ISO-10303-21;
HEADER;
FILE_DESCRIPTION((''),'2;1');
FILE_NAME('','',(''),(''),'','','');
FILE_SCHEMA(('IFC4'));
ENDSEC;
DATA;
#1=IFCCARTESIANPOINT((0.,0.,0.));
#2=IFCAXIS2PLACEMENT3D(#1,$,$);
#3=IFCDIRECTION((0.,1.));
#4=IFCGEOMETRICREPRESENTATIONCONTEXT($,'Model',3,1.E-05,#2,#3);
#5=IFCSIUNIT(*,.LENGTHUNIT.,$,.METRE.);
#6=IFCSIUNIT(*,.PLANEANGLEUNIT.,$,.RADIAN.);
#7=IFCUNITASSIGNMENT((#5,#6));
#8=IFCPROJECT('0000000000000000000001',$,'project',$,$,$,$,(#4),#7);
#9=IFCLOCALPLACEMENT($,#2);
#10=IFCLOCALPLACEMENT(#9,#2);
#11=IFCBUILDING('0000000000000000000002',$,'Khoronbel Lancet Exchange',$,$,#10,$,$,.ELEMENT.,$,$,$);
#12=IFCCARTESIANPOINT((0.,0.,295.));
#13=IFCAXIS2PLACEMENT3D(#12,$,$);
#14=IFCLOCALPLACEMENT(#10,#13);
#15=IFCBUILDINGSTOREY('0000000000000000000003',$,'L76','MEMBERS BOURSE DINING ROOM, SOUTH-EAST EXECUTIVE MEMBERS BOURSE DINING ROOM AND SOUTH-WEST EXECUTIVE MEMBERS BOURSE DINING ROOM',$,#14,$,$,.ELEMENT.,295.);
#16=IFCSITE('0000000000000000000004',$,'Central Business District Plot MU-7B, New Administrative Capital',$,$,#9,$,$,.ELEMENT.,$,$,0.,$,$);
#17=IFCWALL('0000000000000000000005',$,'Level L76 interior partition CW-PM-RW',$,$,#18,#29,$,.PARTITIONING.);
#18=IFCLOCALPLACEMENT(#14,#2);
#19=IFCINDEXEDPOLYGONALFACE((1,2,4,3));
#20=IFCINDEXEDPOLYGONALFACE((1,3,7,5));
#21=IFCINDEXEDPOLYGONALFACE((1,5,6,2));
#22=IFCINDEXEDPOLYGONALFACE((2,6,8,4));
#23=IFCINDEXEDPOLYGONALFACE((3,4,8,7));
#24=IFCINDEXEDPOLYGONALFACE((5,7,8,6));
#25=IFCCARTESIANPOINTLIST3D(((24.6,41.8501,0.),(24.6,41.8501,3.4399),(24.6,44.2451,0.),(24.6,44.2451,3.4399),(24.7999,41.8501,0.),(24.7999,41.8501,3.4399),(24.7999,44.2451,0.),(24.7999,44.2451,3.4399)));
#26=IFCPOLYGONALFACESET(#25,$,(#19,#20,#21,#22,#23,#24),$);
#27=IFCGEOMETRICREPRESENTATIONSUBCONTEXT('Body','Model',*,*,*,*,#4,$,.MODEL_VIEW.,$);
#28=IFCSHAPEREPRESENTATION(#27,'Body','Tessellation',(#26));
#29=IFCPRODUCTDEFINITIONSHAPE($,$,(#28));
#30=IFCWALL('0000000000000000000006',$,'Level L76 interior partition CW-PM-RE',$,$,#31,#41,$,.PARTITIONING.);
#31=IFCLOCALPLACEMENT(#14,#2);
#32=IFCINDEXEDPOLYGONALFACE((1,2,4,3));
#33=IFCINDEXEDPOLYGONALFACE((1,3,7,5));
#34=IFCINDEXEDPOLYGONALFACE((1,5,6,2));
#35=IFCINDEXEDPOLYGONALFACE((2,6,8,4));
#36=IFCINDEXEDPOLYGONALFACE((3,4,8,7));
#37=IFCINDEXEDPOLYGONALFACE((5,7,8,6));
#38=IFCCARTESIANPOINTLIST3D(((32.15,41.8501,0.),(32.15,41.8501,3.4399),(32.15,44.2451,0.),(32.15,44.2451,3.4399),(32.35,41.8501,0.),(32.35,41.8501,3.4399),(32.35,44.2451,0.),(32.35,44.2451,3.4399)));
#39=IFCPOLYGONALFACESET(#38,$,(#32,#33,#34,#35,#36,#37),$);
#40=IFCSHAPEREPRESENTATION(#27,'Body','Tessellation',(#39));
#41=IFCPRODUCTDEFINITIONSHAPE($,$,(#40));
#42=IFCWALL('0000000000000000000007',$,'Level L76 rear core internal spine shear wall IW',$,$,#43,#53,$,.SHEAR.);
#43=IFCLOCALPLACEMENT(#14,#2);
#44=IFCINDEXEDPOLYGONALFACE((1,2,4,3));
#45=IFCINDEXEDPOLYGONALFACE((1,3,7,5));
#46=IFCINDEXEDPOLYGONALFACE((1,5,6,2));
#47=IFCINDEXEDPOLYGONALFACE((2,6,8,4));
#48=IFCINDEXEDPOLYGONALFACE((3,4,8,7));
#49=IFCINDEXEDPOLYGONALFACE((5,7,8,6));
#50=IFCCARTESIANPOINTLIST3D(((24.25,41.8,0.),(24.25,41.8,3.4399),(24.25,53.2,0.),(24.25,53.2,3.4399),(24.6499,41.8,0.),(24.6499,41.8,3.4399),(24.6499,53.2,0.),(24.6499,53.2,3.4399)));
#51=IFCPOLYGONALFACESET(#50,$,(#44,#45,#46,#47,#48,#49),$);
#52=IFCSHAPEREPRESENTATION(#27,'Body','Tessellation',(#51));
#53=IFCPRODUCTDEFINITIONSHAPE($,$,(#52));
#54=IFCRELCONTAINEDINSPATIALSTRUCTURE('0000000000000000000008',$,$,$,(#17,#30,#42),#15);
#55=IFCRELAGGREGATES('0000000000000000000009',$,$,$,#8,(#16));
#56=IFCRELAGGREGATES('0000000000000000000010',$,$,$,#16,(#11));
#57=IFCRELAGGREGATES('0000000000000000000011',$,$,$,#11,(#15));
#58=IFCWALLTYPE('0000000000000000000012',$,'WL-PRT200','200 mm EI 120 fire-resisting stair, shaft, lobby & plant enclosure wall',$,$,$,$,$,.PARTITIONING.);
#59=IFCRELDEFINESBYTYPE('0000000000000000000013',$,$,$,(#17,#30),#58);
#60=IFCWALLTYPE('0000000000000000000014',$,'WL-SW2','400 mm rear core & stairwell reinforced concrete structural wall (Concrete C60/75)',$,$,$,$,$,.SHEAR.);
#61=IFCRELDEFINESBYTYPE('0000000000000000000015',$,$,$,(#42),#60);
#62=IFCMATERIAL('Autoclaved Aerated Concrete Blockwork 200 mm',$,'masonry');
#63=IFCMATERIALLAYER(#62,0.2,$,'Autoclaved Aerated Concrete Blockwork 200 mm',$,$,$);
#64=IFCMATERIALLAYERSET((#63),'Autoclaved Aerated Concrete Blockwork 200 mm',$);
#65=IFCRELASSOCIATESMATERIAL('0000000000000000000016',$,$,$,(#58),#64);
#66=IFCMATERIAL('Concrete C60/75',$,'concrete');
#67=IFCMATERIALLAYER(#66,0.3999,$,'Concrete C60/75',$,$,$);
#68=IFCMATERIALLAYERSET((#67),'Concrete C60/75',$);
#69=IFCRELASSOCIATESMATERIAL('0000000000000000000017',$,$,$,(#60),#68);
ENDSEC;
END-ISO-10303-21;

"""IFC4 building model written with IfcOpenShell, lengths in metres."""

from ifc_helpers import new_model, si_unit, direction, frame, frame_2d, origin, place, context, subcontext, project, spatial, rectangle, extrude, material, layer, layer_set, type_object, element, save


model = new_model("IFC4")

# Units and contexts
model_context = context("Model", 3, precision=1e-05, world=origin(), true_north=direction((0.0, 1.0)))
body_context = subcontext(model_context, "Body", "Model", "MODEL_VIEW")
ifc_project = project(units=[si_unit("LENGTHUNIT", "METRE"), si_unit("PLANEANGLEUNIT", "RADIAN")], contexts=[model_context])

# Site, building, storey
site_placement = place(None, origin())
site = spatial("IfcSite", under=ifc_project, at=site_placement, Name="Central Business District Plot MU-7B, New Administrative Capital", CompositionType="ELEMENT", RefElevation=0.0)
building_placement = place(site_placement, origin())
building = spatial("IfcBuilding", under=site, at=building_placement, Name="Khoronbel Lancet Exchange", CompositionType="ELEMENT")
storey_placement = place(building_placement, frame((0.0, 0.0, 295.0)))
storey = spatial("IfcBuildingStorey", under=building, at=storey_placement, Name="L76", Description="MEMBERS BOURSE DINING ROOM, SOUTH-EAST EXECUTIVE MEMBERS BOURSE DINING ROOM AND SOUTH-WEST EXECUTIVE MEMBERS BOURSE DINING ROOM", CompositionType="ELEMENT", Elevation=295.0)

# Shared definitions
ifc_material_1 = material(Name="Concrete C60/75", Category="concrete")

# Shared definitions
ifc_material_2 = material(Name="Autoclaved Aerated Concrete Blockwork 200 mm", Category="masonry")
ifc_layer_1 = layer(ifc_material_2, 0.2, Name="Autoclaved Aerated Concrete Blockwork 200 mm")
ifc_layer_set_1 = layer_set([ifc_layer_1], Name="Autoclaved Aerated Concrete Blockwork 200 mm")
wall_type_1 = type_object("IfcWallType", Name="WL-PRT200", Description="200 mm EI 120 fire-resisting stair, shaft, lobby & plant enclosure wall", PredefinedType="PARTITIONING", material=ifc_layer_set_1)

# Walls
for number, where, z_axis, x_axis, name in (
    (1, (24.7, 41.8501, 0.0), (0.0, 0.0, 1.0), (0.0, 1.0, 0.0), "Level L76 interior partition CW-PM-RW"),
    (2, (32.25, 41.8501, 0.0), (0.0, 0.0, 1.0), (0.0, 1.0, 0.0), "Level L76 interior partition CW-PM-RE"),
):
    element("IfcWall", number, at=place(storey_placement, frame(where, z_axis=z_axis, x_axis=x_axis)), inside=storey, type_object=wall_type_1, Name=name, PredefinedType="PARTITIONING", context=body_context, shape_type="SweptSolid", body=[
        extrude(rectangle(XDim=2.395, YDim=0.2, at=frame_2d((1.1975, 0.0))), origin(), (0.0, 0.0, 1.0), 3.4399),
    ])
ifc_layer_2 = layer(ifc_material_1, 0.3999, Name="Concrete C60/75")
ifc_layer_set_2 = layer_set([ifc_layer_2], Name="Concrete C60/75")
wall_type_2 = type_object("IfcWallType", Name="WL-SW2", Description="400 mm rear core & stairwell reinforced concrete structural wall (Concrete C60/75)", PredefinedType="SHEAR", material=ifc_layer_set_2)
wall_1_placement = place(storey_placement, frame((24.45, 41.8, 0.0), z_axis=(0.0, 0.0, 1.0), x_axis=(0.0, 1.0, 0.0)))
element("IfcWall", 3, at=wall_1_placement, inside=storey, type_object=wall_type_2, Name="Level L76 rear core internal spine shear wall IW", PredefinedType="SHEAR", context=body_context, shape_type="SweptSolid", body=[
    extrude(rectangle(XDim=11.3999, YDim=0.3999, at=frame_2d((5.7, 0.0))), origin(), (0.0, 0.0, 1.0), 3.4399),
])

save(model, "model.ifc")
